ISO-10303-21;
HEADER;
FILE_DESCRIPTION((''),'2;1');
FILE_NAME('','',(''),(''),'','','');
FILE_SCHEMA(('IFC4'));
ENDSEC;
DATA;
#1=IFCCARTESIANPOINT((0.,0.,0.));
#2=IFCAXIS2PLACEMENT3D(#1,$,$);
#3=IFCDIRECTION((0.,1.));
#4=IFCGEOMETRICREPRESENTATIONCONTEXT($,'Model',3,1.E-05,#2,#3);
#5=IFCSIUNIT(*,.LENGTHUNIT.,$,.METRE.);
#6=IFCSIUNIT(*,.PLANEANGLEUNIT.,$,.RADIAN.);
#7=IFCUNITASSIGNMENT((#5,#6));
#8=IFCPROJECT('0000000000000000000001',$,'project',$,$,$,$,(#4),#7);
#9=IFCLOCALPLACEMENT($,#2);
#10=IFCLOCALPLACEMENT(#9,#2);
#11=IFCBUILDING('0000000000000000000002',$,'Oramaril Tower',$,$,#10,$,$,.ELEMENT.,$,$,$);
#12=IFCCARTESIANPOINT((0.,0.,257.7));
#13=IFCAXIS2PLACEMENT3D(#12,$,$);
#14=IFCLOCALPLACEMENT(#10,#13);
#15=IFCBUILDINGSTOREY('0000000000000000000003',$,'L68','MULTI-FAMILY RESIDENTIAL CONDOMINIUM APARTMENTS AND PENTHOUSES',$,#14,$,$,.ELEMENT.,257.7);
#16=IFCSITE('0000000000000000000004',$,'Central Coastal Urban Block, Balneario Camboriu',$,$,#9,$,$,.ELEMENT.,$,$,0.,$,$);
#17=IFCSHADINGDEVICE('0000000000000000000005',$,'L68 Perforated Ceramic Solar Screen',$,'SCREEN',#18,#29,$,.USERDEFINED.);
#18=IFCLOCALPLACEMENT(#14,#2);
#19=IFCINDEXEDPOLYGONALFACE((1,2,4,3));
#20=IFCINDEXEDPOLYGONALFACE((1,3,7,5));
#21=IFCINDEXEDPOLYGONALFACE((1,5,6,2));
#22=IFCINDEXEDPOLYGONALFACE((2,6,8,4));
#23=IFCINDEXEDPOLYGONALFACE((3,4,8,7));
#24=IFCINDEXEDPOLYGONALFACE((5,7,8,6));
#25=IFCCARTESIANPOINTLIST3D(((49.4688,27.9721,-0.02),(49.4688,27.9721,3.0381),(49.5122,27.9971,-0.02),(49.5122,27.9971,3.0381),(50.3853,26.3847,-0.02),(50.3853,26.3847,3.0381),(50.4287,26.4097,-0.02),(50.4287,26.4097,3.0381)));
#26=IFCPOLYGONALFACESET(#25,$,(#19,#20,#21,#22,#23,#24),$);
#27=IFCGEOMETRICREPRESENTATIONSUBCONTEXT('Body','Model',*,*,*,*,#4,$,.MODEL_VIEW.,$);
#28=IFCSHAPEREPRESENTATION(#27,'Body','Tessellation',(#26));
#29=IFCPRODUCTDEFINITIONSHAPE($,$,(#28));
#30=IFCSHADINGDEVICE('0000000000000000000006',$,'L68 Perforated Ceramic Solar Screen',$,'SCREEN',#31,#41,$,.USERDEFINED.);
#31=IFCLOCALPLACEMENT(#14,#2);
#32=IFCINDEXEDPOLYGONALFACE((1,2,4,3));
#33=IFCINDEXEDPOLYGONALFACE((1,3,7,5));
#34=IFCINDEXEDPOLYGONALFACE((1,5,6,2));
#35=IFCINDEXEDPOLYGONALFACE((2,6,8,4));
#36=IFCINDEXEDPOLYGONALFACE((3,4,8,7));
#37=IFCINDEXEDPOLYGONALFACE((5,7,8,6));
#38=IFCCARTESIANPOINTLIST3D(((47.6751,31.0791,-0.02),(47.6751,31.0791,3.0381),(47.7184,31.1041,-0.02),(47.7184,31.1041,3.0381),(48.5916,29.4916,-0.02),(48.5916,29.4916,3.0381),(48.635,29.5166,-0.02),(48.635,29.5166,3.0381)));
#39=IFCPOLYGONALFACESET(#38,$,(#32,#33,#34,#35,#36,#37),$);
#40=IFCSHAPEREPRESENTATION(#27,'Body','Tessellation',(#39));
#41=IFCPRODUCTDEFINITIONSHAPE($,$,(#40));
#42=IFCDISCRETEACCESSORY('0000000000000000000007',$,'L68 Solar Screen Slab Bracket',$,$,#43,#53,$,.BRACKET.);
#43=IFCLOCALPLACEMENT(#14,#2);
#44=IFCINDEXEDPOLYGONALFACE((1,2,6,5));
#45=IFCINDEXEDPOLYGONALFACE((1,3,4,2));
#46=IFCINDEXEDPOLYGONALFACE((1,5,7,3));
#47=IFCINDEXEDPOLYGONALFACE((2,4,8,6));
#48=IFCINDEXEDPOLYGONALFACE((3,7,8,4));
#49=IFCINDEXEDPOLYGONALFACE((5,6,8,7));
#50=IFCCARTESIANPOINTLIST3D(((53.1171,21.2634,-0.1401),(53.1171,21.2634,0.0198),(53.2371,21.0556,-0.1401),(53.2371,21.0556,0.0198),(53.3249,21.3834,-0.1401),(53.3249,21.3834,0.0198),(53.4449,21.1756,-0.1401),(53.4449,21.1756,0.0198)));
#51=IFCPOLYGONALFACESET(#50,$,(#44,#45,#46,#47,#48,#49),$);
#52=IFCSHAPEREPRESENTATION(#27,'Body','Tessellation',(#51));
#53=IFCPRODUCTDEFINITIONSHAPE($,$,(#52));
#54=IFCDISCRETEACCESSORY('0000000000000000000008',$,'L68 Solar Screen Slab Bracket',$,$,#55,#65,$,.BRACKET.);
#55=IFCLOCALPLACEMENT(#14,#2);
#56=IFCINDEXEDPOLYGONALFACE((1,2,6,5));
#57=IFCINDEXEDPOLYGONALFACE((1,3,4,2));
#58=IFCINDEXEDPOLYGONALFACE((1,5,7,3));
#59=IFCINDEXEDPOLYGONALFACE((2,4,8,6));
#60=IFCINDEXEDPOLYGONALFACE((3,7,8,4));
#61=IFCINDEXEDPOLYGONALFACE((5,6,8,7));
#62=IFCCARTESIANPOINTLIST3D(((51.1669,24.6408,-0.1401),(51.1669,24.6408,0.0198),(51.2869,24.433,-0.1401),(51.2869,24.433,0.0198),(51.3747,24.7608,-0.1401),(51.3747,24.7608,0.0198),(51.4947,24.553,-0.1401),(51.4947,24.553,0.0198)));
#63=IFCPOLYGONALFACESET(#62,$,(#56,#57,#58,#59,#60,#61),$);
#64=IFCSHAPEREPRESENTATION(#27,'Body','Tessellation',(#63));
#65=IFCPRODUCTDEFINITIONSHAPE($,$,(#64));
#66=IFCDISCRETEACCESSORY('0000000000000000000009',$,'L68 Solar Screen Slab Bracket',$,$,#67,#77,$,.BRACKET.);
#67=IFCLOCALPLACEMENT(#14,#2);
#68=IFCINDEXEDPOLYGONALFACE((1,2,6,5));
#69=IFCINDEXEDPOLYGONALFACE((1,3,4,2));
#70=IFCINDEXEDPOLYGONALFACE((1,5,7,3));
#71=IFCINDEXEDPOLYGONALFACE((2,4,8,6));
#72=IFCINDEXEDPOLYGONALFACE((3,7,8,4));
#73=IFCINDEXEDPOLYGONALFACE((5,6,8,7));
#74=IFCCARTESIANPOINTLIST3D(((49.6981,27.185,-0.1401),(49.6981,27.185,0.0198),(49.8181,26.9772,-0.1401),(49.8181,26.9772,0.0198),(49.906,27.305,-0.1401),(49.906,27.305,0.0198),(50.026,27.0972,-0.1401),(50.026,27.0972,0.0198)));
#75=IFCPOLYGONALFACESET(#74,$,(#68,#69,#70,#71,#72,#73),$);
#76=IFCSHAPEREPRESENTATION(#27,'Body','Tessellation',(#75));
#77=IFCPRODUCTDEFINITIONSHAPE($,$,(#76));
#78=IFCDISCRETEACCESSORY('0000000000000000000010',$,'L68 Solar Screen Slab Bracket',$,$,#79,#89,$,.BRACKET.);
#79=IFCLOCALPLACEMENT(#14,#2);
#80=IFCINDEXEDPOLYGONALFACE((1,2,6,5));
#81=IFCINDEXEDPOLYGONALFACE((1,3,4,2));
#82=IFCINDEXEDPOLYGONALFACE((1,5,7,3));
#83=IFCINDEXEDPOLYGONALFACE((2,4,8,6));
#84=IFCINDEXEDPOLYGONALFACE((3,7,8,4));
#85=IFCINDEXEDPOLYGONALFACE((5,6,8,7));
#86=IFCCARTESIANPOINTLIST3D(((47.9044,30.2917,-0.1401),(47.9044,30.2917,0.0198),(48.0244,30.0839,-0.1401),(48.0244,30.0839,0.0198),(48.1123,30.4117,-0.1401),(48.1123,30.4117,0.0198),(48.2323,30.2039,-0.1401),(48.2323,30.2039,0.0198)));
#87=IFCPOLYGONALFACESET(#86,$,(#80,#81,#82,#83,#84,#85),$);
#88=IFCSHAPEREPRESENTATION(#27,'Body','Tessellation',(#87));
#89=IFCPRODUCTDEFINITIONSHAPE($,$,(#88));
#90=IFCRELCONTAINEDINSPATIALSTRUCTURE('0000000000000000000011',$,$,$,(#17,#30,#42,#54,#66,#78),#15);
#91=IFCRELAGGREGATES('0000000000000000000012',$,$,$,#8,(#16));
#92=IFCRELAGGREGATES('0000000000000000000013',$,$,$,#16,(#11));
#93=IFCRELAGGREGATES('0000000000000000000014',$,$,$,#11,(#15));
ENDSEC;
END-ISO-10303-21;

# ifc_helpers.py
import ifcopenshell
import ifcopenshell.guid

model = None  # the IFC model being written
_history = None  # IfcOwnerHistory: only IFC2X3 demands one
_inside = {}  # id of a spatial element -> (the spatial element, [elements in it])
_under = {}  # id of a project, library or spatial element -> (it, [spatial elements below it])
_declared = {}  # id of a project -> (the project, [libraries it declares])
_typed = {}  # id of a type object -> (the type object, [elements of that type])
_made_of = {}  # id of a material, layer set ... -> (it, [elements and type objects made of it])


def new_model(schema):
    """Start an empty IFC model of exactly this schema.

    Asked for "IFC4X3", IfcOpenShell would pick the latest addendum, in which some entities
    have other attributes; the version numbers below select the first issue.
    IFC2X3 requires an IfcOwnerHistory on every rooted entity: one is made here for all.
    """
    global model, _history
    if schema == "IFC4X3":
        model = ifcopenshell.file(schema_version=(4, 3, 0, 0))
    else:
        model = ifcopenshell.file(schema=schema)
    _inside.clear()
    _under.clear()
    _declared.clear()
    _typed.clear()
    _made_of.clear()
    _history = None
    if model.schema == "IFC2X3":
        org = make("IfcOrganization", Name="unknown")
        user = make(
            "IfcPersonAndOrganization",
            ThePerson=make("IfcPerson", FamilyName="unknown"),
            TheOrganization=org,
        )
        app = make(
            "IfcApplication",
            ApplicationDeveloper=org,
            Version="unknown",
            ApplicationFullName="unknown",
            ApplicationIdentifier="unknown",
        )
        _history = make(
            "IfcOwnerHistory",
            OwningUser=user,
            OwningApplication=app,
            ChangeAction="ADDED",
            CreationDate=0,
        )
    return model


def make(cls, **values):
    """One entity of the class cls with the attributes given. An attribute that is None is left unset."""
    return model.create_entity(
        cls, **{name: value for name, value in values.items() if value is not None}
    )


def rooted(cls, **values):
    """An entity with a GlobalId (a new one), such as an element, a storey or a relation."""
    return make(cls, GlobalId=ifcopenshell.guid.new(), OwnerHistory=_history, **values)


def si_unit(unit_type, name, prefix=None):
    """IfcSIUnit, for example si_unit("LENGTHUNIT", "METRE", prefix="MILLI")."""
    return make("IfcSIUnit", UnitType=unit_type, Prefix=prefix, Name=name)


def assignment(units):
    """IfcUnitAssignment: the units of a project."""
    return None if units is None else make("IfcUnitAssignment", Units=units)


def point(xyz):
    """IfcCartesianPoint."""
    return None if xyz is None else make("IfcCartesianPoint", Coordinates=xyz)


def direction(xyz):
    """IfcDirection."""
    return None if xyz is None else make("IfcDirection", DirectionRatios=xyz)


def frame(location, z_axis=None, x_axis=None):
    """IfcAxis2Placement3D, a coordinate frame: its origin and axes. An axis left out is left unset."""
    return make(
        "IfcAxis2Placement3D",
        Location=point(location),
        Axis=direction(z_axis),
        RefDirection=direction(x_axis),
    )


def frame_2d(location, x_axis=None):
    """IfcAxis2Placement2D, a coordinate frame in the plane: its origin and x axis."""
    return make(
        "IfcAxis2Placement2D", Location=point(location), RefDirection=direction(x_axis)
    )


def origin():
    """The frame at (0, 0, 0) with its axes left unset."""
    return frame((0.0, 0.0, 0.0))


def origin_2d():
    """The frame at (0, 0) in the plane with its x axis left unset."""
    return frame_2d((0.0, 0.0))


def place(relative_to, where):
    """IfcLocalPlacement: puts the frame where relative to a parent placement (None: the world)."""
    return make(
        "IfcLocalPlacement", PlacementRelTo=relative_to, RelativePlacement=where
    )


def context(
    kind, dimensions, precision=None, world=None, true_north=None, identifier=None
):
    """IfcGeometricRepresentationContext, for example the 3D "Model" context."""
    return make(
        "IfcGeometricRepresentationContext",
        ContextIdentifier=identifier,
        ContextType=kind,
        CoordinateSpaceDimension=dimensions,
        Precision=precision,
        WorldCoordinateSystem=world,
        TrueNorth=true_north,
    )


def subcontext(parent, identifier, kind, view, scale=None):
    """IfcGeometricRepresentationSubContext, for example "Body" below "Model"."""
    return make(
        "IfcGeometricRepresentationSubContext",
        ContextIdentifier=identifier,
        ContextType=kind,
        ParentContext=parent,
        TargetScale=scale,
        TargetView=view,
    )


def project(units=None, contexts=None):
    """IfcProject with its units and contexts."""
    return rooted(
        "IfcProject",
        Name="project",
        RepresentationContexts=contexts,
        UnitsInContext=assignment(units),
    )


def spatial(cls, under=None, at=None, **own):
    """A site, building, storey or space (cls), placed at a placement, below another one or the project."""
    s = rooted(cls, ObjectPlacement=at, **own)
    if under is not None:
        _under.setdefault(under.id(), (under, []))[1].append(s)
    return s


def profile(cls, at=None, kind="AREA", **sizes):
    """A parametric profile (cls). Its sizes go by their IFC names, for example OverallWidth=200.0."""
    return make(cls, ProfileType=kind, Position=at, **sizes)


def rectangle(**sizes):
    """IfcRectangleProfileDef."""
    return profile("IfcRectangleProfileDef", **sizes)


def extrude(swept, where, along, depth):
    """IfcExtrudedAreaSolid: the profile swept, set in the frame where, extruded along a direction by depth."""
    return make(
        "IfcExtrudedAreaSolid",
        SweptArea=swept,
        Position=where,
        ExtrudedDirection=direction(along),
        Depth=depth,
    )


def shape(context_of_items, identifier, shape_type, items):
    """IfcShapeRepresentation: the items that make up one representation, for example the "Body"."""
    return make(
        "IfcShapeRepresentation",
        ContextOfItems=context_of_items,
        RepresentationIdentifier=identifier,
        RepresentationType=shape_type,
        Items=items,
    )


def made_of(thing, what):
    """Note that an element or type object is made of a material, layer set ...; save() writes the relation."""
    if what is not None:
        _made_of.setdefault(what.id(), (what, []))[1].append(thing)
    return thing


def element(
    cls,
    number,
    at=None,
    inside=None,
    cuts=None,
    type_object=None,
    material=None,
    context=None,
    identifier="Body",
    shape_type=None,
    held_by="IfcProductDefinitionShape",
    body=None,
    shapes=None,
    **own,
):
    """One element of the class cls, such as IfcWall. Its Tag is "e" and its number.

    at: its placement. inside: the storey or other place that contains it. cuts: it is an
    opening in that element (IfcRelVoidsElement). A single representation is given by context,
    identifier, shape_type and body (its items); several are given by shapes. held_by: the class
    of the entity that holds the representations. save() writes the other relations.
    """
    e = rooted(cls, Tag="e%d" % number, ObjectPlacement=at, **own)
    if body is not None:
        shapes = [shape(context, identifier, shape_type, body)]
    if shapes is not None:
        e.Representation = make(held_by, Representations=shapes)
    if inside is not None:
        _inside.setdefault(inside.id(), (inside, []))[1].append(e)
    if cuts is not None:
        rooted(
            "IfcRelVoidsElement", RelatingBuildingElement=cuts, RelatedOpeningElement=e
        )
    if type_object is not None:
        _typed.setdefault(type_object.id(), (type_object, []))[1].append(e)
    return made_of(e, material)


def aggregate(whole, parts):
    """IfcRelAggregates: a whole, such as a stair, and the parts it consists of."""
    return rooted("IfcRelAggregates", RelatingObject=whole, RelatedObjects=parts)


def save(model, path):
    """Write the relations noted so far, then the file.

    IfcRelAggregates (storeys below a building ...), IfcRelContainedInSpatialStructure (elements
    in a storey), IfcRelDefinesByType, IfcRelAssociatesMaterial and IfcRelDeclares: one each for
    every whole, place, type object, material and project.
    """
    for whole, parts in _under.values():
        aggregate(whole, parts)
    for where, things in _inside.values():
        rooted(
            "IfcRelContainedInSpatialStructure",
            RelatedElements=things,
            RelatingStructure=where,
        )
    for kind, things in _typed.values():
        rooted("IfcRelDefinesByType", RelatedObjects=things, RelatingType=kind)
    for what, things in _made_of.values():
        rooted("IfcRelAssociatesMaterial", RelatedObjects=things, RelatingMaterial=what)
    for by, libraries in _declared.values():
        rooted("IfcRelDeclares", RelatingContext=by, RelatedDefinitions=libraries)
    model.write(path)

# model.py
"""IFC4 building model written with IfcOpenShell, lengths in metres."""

from ifc_helpers import new_model, si_unit, direction, frame, origin, origin_2d, place, context, subcontext, project, spatial, rectangle, extrude, element, save


model = new_model("IFC4")

# Units and contexts
model_context = context("Model", 3, precision=1e-05, world=origin(), true_north=direction((0.0, 1.0)))
body_context = subcontext(model_context, "Body", "Model", "MODEL_VIEW")
ifc_project = project(units=[si_unit("LENGTHUNIT", "METRE"), si_unit("PLANEANGLEUNIT", "RADIAN")], contexts=[model_context])

# Site, building, storey
site_placement = place(None, origin())
site = spatial("IfcSite", under=ifc_project, at=site_placement, Name="Central Coastal Urban Block, Balneario Camboriu", CompositionType="ELEMENT", RefElevation=0.0)
building_placement = place(site_placement, origin())
building = spatial("IfcBuilding", under=site, at=building_placement, Name="Oramaril Tower", CompositionType="ELEMENT")
storey_placement = place(building_placement, frame((0.0, 0.0, 257.7)))
storey = spatial("IfcBuildingStorey", under=building, at=storey_placement, Name="L68", Description="MULTI-FAMILY RESIDENTIAL CONDOMINIUM APARTMENTS AND PENTHOUSES", CompositionType="ELEMENT", Elevation=257.7)

# Shading devices
for number, where, z_axis, x_axis, name in (
    (1, (49.9487, 27.1909, -0.02), (0.0, 0.0, 1.0), (-0.5, 0.866025, 0.0), "L68 Perforated Ceramic Solar Screen"),
    (2, (48.155, 30.2979, -0.02), (0.0, 0.0, 1.0), (-0.5, 0.866025, 0.0), "L68 Perforated Ceramic Solar Screen"),
):
    element("IfcShadingDevice", number, at=place(storey_placement, frame(where, z_axis=z_axis, x_axis=x_axis)), inside=storey, Name=name, ObjectType="SCREEN", PredefinedType="USERDEFINED", context=body_context, shape_type="SweptSolid", body=[
        extrude(rectangle(XDim=1.833, YDim=0.05, at=origin_2d()), origin(), (0.0, 0.0, 1.0), 3.0581),
    ])

# Discrete accessories
for number, where, z_axis, x_axis, name in (
    (3, (53.281, 21.2195, -0.1401), (0.0, 0.0, 1.0), (-0.5, 0.866025, 0.0), "L68 Solar Screen Slab Bracket"),
    (4, (51.3308, 24.5969, -0.1401), (0.0, 0.0, 1.0), (-0.5, 0.866025, 0.0), "L68 Solar Screen Slab Bracket"),
    (5, (49.8621, 27.1411, -0.1401), (0.0, 0.0, 1.0), (-0.5, 0.866025, 0.0), "L68 Solar Screen Slab Bracket"),
    (6, (48.0684, 30.2478, -0.1401), (0.0, 0.0, 1.0), (-0.5, 0.866025, 0.0), "L68 Solar Screen Slab Bracket"),
):
    element("IfcDiscreteAccessory", number, at=place(storey_placement, frame(where, z_axis=z_axis, x_axis=x_axis)), inside=storey, Name=name, PredefinedType="BRACKET", context=body_context, shape_type="SweptSolid", body=[
        extrude(rectangle(XDim=0.24, YDim=0.24, at=origin_2d()), origin(), (0.0, 0.0, 1.0), 0.1599),
    ])

save(model, "model.ifc")
